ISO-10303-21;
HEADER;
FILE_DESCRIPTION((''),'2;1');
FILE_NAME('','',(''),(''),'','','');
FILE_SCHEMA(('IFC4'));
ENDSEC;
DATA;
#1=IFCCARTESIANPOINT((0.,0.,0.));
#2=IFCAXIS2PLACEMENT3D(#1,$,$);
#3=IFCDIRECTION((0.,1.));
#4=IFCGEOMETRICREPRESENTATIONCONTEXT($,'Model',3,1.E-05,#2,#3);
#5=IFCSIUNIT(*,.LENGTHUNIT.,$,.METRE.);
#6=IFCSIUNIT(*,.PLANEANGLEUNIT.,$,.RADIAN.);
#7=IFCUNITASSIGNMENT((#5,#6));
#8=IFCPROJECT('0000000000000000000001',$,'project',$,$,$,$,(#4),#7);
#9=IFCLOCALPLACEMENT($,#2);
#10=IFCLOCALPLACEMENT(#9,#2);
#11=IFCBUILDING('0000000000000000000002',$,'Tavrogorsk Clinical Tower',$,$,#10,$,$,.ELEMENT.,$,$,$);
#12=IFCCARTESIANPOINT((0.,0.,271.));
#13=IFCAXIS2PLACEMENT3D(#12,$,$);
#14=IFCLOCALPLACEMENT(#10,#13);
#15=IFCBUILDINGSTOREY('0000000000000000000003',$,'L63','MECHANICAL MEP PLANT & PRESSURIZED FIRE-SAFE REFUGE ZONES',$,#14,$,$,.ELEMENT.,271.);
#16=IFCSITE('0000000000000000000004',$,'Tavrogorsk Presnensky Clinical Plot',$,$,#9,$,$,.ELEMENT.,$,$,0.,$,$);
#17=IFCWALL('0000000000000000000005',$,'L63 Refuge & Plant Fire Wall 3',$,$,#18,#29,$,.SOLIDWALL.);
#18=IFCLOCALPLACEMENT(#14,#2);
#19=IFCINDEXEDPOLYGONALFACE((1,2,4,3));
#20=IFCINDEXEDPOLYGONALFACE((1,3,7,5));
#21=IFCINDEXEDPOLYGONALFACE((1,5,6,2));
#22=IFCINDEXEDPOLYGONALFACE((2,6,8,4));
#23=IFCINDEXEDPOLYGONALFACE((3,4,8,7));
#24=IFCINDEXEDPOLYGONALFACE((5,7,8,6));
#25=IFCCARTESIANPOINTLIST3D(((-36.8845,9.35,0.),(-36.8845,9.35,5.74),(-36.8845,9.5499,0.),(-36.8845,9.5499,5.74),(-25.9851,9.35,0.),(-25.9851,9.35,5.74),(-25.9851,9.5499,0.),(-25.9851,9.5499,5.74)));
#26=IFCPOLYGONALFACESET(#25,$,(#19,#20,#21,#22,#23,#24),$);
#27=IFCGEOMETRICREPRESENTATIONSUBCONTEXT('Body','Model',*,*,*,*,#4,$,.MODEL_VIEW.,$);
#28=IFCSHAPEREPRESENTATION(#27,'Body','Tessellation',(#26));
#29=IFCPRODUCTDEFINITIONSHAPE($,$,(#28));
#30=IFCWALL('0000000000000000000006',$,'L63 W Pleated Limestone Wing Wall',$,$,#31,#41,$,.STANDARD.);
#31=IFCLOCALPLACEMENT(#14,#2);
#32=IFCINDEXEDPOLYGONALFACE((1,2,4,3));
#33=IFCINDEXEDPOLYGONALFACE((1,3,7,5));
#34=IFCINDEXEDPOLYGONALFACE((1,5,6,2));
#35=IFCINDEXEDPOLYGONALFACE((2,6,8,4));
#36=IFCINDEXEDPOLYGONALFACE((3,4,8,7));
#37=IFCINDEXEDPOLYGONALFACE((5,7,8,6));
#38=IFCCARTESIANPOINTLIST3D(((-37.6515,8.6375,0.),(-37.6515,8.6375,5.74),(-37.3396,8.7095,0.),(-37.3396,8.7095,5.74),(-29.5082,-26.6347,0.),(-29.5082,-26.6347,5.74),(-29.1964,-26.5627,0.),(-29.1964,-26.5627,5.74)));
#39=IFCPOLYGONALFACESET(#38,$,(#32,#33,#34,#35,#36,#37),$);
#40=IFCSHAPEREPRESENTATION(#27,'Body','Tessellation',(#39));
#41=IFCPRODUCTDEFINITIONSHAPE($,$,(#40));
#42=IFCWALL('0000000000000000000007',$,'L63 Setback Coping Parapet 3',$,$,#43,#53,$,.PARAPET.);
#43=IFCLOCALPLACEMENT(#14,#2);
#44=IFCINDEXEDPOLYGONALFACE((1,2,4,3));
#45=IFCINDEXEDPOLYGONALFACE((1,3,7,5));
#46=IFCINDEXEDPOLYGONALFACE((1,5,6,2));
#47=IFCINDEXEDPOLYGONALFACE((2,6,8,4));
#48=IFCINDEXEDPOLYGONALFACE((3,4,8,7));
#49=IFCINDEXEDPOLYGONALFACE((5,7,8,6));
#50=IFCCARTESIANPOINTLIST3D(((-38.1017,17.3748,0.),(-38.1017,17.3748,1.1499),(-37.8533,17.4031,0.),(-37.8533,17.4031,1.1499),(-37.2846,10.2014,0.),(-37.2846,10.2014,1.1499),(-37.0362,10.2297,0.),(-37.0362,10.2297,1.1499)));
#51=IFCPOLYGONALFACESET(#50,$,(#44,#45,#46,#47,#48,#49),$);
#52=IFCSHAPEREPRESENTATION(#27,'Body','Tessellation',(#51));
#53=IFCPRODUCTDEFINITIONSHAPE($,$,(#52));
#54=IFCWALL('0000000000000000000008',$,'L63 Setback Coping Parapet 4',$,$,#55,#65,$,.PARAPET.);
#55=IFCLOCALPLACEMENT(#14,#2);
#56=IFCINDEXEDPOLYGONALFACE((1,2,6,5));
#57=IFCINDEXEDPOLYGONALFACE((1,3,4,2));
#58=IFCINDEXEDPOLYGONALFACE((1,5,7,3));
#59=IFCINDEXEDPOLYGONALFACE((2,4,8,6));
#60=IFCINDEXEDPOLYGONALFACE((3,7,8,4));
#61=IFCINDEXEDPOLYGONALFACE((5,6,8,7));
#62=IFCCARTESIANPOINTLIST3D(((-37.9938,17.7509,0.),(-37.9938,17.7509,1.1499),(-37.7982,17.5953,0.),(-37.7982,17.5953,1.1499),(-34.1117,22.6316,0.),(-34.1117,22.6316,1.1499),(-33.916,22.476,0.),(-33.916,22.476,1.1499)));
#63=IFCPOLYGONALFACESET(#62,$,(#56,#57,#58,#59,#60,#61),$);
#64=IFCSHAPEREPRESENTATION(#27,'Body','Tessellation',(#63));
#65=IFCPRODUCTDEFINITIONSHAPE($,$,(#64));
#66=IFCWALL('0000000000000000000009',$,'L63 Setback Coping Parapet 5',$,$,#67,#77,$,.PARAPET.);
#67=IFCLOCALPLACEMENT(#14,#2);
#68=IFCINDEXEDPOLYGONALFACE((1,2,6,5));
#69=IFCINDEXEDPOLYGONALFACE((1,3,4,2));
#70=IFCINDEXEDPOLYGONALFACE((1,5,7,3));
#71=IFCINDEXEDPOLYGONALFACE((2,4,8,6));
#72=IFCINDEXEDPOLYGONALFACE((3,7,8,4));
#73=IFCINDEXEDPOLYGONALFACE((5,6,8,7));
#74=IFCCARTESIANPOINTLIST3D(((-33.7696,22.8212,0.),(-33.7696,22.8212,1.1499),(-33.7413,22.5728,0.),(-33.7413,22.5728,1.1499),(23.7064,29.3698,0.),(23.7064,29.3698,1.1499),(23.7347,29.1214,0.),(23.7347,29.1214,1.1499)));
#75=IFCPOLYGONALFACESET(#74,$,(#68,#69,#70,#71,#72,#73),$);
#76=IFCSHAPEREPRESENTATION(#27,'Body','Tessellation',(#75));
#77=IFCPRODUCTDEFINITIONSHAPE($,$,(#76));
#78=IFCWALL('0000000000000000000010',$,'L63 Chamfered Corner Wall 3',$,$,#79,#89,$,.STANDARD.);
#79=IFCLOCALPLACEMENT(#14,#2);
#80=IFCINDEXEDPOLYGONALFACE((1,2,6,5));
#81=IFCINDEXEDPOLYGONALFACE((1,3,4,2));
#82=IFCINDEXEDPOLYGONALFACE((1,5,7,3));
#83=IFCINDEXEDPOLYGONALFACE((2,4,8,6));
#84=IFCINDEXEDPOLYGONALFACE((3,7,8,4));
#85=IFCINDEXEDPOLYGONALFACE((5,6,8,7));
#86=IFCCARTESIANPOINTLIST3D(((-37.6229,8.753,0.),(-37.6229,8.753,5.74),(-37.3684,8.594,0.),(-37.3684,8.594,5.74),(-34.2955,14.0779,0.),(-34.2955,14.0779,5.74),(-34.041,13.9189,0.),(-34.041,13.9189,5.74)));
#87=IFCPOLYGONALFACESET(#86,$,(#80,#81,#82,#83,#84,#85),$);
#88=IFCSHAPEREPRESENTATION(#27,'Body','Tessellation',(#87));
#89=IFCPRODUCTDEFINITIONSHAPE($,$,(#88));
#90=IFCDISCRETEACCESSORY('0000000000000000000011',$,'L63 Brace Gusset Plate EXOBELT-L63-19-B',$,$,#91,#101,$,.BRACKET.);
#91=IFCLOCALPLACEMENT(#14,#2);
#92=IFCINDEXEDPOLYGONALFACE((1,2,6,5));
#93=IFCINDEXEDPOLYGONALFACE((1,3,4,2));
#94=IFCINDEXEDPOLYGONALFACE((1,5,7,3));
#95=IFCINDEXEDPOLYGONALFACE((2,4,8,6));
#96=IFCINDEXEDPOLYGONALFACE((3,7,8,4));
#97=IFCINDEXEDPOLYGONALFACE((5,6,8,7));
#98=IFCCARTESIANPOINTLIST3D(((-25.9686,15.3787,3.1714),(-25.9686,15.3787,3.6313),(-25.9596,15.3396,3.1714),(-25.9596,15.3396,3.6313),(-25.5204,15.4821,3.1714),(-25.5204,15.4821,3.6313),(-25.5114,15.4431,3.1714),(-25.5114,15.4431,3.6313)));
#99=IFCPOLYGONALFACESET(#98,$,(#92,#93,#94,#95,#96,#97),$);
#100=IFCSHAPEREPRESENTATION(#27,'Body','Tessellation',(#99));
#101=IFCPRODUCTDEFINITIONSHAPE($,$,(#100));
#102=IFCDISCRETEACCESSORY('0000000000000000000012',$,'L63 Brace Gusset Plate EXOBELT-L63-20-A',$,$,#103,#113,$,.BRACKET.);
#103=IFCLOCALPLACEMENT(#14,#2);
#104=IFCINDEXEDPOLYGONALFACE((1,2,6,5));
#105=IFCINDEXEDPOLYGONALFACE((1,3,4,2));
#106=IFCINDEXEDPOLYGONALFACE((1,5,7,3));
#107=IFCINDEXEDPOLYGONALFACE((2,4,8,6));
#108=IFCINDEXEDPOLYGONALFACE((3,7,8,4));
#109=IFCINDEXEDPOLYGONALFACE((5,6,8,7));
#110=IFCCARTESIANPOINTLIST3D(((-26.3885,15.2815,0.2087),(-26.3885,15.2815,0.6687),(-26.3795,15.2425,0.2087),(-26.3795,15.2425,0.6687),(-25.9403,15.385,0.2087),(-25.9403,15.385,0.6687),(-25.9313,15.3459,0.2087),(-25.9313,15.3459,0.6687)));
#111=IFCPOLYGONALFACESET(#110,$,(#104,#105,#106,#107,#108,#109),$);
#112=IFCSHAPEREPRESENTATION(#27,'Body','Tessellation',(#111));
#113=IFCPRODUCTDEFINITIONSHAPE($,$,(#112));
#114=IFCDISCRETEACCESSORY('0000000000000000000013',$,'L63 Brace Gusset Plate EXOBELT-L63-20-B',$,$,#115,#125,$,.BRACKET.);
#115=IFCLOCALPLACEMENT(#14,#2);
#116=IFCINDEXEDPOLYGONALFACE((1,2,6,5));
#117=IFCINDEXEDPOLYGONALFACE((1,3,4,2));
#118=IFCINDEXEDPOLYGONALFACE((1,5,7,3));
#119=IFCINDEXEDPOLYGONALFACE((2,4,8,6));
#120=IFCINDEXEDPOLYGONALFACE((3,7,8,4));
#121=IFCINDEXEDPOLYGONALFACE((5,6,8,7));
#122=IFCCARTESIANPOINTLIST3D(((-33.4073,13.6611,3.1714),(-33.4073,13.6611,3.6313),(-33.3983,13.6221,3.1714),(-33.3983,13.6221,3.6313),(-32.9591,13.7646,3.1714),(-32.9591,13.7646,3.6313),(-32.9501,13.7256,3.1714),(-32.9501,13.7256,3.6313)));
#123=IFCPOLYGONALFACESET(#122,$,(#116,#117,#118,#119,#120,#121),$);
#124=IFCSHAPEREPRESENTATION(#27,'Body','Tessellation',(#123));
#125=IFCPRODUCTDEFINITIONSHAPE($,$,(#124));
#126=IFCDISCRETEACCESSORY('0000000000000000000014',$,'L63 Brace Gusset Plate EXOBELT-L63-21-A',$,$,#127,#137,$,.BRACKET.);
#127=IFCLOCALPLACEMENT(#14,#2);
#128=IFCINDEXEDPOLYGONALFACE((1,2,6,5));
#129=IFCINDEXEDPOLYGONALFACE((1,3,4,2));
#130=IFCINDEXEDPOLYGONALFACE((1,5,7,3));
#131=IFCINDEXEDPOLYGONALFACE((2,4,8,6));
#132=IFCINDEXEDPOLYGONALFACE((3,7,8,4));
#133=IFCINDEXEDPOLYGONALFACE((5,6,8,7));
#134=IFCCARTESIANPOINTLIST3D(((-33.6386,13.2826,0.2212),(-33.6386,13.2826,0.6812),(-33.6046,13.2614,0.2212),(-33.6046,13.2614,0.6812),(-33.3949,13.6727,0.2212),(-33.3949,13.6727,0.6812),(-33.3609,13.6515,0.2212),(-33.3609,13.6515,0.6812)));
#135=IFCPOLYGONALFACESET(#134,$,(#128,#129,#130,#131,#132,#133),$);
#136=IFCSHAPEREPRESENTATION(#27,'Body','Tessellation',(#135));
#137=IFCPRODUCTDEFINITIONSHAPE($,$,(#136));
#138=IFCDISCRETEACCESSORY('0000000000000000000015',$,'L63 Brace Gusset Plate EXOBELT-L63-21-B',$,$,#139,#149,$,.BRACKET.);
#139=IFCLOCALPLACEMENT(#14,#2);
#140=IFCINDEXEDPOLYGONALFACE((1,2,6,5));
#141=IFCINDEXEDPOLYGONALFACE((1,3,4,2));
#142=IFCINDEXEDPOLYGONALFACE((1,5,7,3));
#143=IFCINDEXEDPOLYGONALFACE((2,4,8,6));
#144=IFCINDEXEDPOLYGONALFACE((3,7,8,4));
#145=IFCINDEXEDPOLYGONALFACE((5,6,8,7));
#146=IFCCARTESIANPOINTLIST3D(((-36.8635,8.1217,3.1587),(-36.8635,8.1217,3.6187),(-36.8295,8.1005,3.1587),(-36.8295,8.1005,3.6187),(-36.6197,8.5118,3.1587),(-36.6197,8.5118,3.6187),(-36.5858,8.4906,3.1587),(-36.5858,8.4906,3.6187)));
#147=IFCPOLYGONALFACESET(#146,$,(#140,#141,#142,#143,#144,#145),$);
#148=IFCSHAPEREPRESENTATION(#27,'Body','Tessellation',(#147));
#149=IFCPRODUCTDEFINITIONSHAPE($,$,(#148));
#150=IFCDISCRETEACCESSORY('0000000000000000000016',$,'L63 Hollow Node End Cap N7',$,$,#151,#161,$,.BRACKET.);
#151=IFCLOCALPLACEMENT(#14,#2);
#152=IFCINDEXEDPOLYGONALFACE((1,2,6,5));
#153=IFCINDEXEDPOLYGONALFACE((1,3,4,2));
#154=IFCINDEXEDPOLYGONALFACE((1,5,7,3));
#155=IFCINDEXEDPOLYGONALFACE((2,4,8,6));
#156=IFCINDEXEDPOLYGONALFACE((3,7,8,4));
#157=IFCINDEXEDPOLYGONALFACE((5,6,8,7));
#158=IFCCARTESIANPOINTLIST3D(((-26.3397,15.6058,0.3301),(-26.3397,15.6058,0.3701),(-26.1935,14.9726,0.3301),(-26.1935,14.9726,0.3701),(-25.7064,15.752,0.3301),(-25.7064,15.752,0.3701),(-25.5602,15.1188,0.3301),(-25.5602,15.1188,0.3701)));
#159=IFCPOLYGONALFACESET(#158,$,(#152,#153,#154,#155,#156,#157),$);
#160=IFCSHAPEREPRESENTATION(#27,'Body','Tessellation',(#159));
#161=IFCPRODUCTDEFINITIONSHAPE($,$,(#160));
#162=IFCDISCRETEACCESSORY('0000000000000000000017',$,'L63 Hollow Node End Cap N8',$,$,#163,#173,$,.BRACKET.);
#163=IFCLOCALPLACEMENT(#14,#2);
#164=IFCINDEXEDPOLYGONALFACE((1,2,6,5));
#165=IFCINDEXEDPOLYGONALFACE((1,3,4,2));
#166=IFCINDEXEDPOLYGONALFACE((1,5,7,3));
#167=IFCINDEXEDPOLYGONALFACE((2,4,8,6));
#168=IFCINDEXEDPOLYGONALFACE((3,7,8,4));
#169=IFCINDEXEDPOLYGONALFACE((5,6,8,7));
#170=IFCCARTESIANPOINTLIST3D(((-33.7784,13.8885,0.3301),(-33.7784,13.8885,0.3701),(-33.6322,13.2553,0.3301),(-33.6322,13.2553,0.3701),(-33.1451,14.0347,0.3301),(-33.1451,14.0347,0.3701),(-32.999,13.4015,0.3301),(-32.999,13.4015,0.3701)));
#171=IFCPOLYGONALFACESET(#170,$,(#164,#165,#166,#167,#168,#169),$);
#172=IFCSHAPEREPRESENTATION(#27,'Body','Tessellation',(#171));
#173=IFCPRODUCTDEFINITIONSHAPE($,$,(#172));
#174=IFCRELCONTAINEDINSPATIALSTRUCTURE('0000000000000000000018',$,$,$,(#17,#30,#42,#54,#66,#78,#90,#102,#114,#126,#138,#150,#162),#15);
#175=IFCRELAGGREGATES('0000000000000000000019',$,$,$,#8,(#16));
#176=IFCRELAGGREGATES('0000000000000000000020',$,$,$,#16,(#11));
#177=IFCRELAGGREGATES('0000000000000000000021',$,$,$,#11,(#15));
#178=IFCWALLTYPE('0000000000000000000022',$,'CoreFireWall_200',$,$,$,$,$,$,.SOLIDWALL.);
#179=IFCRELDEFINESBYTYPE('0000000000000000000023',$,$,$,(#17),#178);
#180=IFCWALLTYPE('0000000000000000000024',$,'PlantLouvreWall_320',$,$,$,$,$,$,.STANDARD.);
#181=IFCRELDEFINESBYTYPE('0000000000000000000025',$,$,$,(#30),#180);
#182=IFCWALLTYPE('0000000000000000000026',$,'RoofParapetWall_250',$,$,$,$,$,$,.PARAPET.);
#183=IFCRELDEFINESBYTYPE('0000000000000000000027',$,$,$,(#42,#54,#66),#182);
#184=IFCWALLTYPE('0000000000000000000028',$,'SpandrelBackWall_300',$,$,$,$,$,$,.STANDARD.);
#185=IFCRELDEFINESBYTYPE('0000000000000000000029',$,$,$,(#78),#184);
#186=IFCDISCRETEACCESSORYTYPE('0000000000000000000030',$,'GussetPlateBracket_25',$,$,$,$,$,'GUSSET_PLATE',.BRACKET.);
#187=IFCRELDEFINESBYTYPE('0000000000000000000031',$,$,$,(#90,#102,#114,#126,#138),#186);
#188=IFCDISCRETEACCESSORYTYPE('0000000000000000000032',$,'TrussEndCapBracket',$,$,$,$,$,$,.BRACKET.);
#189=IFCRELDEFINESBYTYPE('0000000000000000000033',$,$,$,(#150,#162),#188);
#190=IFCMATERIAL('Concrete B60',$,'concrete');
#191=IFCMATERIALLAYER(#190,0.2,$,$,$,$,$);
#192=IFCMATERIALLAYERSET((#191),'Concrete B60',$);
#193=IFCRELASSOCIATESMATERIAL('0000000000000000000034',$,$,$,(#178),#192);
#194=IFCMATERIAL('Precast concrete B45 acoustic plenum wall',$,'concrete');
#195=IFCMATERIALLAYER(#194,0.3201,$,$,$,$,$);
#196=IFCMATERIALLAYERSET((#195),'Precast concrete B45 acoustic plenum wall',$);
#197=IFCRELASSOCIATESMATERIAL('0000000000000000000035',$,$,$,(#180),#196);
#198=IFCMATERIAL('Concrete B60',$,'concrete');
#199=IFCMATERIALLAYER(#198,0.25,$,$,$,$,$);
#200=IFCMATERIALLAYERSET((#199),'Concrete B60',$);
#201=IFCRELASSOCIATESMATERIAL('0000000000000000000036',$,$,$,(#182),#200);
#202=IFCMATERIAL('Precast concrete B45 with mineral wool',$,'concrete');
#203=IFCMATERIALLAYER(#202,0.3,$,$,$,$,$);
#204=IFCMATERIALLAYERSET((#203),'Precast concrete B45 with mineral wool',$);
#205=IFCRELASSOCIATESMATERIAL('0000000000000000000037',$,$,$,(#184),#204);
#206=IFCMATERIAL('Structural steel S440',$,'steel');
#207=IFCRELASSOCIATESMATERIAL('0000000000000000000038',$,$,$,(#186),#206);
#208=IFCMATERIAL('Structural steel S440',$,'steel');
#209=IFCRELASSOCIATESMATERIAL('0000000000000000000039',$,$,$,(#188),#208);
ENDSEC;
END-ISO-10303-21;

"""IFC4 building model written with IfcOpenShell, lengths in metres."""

from ifc_helpers import new_model, si_unit, direction, frame, frame_2d, origin, origin_2d, place, context, subcontext, project, spatial, rectangle, extrude, material, layer, layer_set, type_object, element, save


model = new_model("IFC4")

# Units and contexts
model_context = context("Model", 3, precision=1e-05, world=origin(), true_north=direction((0.0, 1.0)))
body_context = subcontext(model_context, "Body", "Model", "MODEL_VIEW")
ifc_project = project(units=[si_unit("LENGTHUNIT", "METRE"), si_unit("PLANEANGLEUNIT", "RADIAN")], contexts=[model_context])

# Site, building, storey
site_placement = place(None, origin())
site = spatial("IfcSite", under=ifc_project, at=site_placement, Name="Tavrogorsk Presnensky Clinical Plot", CompositionType="ELEMENT", RefElevation=0.0)
building_placement = place(site_placement, origin())
building = spatial("IfcBuilding", under=site, at=building_placement, Name="Tavrogorsk Clinical Tower", CompositionType="ELEMENT")
storey_placement = place(building_placement, frame((0.0, 0.0, 271.0)))
storey = spatial("IfcBuildingStorey", under=building, at=storey_placement, Name="L63", Description="MECHANICAL MEP PLANT & PRESSURIZED FIRE-SAFE REFUGE ZONES", CompositionType="ELEMENT", Elevation=271.0)

# Shared definitions
ifc_material_1 = material(Name="Concrete B60", Category="concrete")
ifc_layer_1 = layer(ifc_material_1, 0.2)
ifc_layer_set_1 = layer_set([ifc_layer_1], Name="Concrete B60")
wall_type_1 = type_object("IfcWallType", Name="CoreFireWall_200", PredefinedType="SOLIDWALL", material=ifc_layer_set_1)

# Walls
wall_1_placement = place(storey_placement, frame((-36.8845, 9.45, 0.0), z_axis=(0.0, 0.0, 1.0), x_axis=(1.0, 0.0, 0.0)))
element("IfcWall", 1, at=wall_1_placement, inside=storey, type_object=wall_type_1, Name="L63 Refuge & Plant Fire Wall 3", PredefinedType="SOLIDWALL", context=body_context, shape_type="SweptSolid", body=[
    extrude(rectangle(XDim=10.8994, YDim=0.2, at=frame_2d((5.4497, 0.0))), origin(), (0.0, 0.0, 1.0), 5.74),
])
ifc_material_2 = material(Name="Precast concrete B45 acoustic plenum wall", Category="concrete")
ifc_layer_2 = layer(ifc_material_2, 0.3201)
ifc_layer_set_2 = layer_set([ifc_layer_2], Name="Precast concrete B45 acoustic plenum wall")
wall_type_2 = type_object("IfcWallType", Name="PlantLouvreWall_320", PredefinedType="STANDARD", material=ifc_layer_set_2)
wall_2_placement = place(storey_placement, frame((-37.4956, 8.6736, 0.0), z_axis=(0.0, 0.0, 1.0), x_axis=(0.224953, -0.97437, 0.0)))
element("IfcWall", 2, at=wall_2_placement, inside=storey, type_object=wall_type_2, Name="L63 W Pleated Limestone Wing Wall", PredefinedType="STANDARD", context=body_context, shape_type="SweptSolid", body=[
    extrude(rectangle(XDim=36.2, YDim=0.3201, at=frame_2d((18.1001, 0.0))), origin(), (0.0, 0.0, 1.0), 5.74),
])
ifc_material_3 = material(Name="Concrete B60", Category="concrete")
ifc_layer_3 = layer(ifc_material_3, 0.25)
ifc_layer_set_3 = layer_set([ifc_layer_3], Name="Concrete B60")
wall_type_3 = type_object("IfcWallType", Name="RoofParapetWall_250", PredefinedType="PARAPET", material=ifc_layer_set_3)
wall_3_placement = place(storey_placement, frame((-37.1604, 10.2156, 0.0), z_axis=(0.0, 0.0, 1.0), x_axis=(-0.113181, 0.993574, 0.0)))
element("IfcWall", 3, at=wall_3_placement, inside=storey, type_object=wall_type_3, Name="L63 Setback Coping Parapet 3", PredefinedType="PARAPET", context=body_context, shape_type="SweptSolid", body=[
    extrude(rectangle(XDim=7.2197, YDim=0.25, at=frame_2d((3.6099, 0.0))), origin(), (0.0, 0.0, 1.0), 1.1499),
])
wall_4_placement = place(storey_placement, frame((-37.896, 17.6731, 0.0), z_axis=(0.0, 0.0, 1.0), x_axis=(0.622501, 0.782619, 0.0)))
element("IfcWall", 4, at=wall_4_placement, inside=storey, type_object=wall_type_3, Name="L63 Setback Coping Parapet 4", PredefinedType="PARAPET", context=body_context, shape_type="SweptSolid", body=[
    extrude(rectangle(XDim=6.2363, YDim=0.25, at=frame_2d((3.1182, 0.0))), origin(), (0.0, 0.0, 1.0), 1.1499),
])
wall_5_placement = place(storey_placement, frame((-33.7554, 22.697, 0.0), z_axis=(0.0, 0.0, 1.0), x_axis=(0.993572, 0.113203, 0.0)))
element("IfcWall", 5, at=wall_5_placement, inside=storey, type_object=wall_type_3, Name="L63 Setback Coping Parapet 5", PredefinedType="PARAPET", context=body_context, shape_type="SweptSolid", body=[
    extrude(rectangle(XDim=57.8479, YDim=0.25, at=frame_2d((28.9238, 0.0))), origin(), (0.0, 0.0, 1.0), 1.1499),
])
ifc_material_4 = material(Name="Precast concrete B45 with mineral wool", Category="concrete")
ifc_layer_4 = layer(ifc_material_4, 0.3)
ifc_layer_set_4 = layer_set([ifc_layer_4], Name="Precast concrete B45 with mineral wool")
wall_type_4 = type_object("IfcWallType", Name="SpandrelBackWall_300", PredefinedType="STANDARD", material=ifc_layer_set_4)
wall_6_placement = place(storey_placement, frame((-34.1682, 13.9985, 0.0), z_axis=(0.0, 0.0, 1.0), x_axis=(-0.529919, -0.848049, 0.0)))
element("IfcWall", 6, at=wall_6_placement, inside=storey, type_object=wall_type_4, Name="L63 Chamfered Corner Wall 3", PredefinedType="STANDARD", context=body_context, shape_type="SweptSolid", body=[
    extrude(rectangle(XDim=6.2791, YDim=0.3, at=frame_2d((3.1396, 0.0))), origin(), (0.0, 0.0, 1.0), 5.74),
])

# Discrete accessories
ifc_material_5 = material(Name="Structural steel S440", Category="steel")
discrete_accessory_type_1 = type_object("IfcDiscreteAccessoryType", Name="GussetPlateBracket_25", ElementType="GUSSET_PLATE", PredefinedType="BRACKET", material=ifc_material_5)
for number, where, z_axis, x_axis, name in (
    (7, (-25.74, 15.4109, 3.1714), (0.0, 0.0, 1.0), (-0.97437, -0.224951, 0.0), "L63 Brace Gusset Plate EXOBELT-L63-19-B"),
    (8, (-26.1599, 15.3137, 0.2087), (0.0, 0.0, 1.0), (-0.97437, -0.224951, 0.0), "L63 Brace Gusset Plate EXOBELT-L63-20-A"),
    (9, (-33.1787, 13.6934, 3.1714), (0.0, 0.0, 1.0), (-0.97437, -0.224951, 0.0), "L63 Brace Gusset Plate EXOBELT-L63-20-B"),
    (10, (-33.4998, 13.467, 0.2212), (0.0, 0.0, 1.0), (-0.529919, -0.848048, 0.0), "L63 Brace Gusset Plate EXOBELT-L63-21-A"),
    (11, (-36.7246, 8.3062, 3.1587), (0.0, 0.0, 1.0), (-0.529919, -0.848048, 0.0), "L63 Brace Gusset Plate EXOBELT-L63-21-B"),
):
    element("IfcDiscreteAccessory", number, at=place(storey_placement, frame(where, z_axis=z_axis, x_axis=x_axis)), inside=storey, type_object=discrete_accessory_type_1, Name=name, PredefinedType="BRACKET", context=body_context, shape_type="SweptSolid", body=[
        extrude(rectangle(XDim=0.46, YDim=0.04, at=origin_2d()), origin(), (0.0, 0.0, 1.0), 0.46),
    ])
ifc_material_6 = material(Name="Structural steel S440", Category="steel")
discrete_accessory_type_2 = type_object("IfcDiscreteAccessoryType", Name="TrussEndCapBracket", PredefinedType="BRACKET", material=ifc_material_6)
for number, where, z_axis, x_axis, name in (
    (12, (-25.95, 15.3623, 0.3301), (0.0, 0.0, 1.0), (0.97437, 0.224951, 0.0), "L63 Hollow Node End Cap N7"),
    (13, (-33.3887, 13.645, 0.3301), (0.0, 0.0, 1.0), (0.97437, 0.224951, 0.0), "L63 Hollow Node End Cap N8"),
):
    element("IfcDiscreteAccessory", number, at=place(storey_placement, frame(where, z_axis=z_axis, x_axis=x_axis)), inside=storey, type_object=discrete_accessory_type_2, Name=name, PredefinedType="BRACKET", context=body_context, shape_type="SweptSolid", body=[
        extrude(rectangle(XDim=0.6499, YDim=0.6499, at=origin_2d()), origin(), (0.0, 0.0, 1.0), 0.04),
    ])

save(model, "model.ifc")
